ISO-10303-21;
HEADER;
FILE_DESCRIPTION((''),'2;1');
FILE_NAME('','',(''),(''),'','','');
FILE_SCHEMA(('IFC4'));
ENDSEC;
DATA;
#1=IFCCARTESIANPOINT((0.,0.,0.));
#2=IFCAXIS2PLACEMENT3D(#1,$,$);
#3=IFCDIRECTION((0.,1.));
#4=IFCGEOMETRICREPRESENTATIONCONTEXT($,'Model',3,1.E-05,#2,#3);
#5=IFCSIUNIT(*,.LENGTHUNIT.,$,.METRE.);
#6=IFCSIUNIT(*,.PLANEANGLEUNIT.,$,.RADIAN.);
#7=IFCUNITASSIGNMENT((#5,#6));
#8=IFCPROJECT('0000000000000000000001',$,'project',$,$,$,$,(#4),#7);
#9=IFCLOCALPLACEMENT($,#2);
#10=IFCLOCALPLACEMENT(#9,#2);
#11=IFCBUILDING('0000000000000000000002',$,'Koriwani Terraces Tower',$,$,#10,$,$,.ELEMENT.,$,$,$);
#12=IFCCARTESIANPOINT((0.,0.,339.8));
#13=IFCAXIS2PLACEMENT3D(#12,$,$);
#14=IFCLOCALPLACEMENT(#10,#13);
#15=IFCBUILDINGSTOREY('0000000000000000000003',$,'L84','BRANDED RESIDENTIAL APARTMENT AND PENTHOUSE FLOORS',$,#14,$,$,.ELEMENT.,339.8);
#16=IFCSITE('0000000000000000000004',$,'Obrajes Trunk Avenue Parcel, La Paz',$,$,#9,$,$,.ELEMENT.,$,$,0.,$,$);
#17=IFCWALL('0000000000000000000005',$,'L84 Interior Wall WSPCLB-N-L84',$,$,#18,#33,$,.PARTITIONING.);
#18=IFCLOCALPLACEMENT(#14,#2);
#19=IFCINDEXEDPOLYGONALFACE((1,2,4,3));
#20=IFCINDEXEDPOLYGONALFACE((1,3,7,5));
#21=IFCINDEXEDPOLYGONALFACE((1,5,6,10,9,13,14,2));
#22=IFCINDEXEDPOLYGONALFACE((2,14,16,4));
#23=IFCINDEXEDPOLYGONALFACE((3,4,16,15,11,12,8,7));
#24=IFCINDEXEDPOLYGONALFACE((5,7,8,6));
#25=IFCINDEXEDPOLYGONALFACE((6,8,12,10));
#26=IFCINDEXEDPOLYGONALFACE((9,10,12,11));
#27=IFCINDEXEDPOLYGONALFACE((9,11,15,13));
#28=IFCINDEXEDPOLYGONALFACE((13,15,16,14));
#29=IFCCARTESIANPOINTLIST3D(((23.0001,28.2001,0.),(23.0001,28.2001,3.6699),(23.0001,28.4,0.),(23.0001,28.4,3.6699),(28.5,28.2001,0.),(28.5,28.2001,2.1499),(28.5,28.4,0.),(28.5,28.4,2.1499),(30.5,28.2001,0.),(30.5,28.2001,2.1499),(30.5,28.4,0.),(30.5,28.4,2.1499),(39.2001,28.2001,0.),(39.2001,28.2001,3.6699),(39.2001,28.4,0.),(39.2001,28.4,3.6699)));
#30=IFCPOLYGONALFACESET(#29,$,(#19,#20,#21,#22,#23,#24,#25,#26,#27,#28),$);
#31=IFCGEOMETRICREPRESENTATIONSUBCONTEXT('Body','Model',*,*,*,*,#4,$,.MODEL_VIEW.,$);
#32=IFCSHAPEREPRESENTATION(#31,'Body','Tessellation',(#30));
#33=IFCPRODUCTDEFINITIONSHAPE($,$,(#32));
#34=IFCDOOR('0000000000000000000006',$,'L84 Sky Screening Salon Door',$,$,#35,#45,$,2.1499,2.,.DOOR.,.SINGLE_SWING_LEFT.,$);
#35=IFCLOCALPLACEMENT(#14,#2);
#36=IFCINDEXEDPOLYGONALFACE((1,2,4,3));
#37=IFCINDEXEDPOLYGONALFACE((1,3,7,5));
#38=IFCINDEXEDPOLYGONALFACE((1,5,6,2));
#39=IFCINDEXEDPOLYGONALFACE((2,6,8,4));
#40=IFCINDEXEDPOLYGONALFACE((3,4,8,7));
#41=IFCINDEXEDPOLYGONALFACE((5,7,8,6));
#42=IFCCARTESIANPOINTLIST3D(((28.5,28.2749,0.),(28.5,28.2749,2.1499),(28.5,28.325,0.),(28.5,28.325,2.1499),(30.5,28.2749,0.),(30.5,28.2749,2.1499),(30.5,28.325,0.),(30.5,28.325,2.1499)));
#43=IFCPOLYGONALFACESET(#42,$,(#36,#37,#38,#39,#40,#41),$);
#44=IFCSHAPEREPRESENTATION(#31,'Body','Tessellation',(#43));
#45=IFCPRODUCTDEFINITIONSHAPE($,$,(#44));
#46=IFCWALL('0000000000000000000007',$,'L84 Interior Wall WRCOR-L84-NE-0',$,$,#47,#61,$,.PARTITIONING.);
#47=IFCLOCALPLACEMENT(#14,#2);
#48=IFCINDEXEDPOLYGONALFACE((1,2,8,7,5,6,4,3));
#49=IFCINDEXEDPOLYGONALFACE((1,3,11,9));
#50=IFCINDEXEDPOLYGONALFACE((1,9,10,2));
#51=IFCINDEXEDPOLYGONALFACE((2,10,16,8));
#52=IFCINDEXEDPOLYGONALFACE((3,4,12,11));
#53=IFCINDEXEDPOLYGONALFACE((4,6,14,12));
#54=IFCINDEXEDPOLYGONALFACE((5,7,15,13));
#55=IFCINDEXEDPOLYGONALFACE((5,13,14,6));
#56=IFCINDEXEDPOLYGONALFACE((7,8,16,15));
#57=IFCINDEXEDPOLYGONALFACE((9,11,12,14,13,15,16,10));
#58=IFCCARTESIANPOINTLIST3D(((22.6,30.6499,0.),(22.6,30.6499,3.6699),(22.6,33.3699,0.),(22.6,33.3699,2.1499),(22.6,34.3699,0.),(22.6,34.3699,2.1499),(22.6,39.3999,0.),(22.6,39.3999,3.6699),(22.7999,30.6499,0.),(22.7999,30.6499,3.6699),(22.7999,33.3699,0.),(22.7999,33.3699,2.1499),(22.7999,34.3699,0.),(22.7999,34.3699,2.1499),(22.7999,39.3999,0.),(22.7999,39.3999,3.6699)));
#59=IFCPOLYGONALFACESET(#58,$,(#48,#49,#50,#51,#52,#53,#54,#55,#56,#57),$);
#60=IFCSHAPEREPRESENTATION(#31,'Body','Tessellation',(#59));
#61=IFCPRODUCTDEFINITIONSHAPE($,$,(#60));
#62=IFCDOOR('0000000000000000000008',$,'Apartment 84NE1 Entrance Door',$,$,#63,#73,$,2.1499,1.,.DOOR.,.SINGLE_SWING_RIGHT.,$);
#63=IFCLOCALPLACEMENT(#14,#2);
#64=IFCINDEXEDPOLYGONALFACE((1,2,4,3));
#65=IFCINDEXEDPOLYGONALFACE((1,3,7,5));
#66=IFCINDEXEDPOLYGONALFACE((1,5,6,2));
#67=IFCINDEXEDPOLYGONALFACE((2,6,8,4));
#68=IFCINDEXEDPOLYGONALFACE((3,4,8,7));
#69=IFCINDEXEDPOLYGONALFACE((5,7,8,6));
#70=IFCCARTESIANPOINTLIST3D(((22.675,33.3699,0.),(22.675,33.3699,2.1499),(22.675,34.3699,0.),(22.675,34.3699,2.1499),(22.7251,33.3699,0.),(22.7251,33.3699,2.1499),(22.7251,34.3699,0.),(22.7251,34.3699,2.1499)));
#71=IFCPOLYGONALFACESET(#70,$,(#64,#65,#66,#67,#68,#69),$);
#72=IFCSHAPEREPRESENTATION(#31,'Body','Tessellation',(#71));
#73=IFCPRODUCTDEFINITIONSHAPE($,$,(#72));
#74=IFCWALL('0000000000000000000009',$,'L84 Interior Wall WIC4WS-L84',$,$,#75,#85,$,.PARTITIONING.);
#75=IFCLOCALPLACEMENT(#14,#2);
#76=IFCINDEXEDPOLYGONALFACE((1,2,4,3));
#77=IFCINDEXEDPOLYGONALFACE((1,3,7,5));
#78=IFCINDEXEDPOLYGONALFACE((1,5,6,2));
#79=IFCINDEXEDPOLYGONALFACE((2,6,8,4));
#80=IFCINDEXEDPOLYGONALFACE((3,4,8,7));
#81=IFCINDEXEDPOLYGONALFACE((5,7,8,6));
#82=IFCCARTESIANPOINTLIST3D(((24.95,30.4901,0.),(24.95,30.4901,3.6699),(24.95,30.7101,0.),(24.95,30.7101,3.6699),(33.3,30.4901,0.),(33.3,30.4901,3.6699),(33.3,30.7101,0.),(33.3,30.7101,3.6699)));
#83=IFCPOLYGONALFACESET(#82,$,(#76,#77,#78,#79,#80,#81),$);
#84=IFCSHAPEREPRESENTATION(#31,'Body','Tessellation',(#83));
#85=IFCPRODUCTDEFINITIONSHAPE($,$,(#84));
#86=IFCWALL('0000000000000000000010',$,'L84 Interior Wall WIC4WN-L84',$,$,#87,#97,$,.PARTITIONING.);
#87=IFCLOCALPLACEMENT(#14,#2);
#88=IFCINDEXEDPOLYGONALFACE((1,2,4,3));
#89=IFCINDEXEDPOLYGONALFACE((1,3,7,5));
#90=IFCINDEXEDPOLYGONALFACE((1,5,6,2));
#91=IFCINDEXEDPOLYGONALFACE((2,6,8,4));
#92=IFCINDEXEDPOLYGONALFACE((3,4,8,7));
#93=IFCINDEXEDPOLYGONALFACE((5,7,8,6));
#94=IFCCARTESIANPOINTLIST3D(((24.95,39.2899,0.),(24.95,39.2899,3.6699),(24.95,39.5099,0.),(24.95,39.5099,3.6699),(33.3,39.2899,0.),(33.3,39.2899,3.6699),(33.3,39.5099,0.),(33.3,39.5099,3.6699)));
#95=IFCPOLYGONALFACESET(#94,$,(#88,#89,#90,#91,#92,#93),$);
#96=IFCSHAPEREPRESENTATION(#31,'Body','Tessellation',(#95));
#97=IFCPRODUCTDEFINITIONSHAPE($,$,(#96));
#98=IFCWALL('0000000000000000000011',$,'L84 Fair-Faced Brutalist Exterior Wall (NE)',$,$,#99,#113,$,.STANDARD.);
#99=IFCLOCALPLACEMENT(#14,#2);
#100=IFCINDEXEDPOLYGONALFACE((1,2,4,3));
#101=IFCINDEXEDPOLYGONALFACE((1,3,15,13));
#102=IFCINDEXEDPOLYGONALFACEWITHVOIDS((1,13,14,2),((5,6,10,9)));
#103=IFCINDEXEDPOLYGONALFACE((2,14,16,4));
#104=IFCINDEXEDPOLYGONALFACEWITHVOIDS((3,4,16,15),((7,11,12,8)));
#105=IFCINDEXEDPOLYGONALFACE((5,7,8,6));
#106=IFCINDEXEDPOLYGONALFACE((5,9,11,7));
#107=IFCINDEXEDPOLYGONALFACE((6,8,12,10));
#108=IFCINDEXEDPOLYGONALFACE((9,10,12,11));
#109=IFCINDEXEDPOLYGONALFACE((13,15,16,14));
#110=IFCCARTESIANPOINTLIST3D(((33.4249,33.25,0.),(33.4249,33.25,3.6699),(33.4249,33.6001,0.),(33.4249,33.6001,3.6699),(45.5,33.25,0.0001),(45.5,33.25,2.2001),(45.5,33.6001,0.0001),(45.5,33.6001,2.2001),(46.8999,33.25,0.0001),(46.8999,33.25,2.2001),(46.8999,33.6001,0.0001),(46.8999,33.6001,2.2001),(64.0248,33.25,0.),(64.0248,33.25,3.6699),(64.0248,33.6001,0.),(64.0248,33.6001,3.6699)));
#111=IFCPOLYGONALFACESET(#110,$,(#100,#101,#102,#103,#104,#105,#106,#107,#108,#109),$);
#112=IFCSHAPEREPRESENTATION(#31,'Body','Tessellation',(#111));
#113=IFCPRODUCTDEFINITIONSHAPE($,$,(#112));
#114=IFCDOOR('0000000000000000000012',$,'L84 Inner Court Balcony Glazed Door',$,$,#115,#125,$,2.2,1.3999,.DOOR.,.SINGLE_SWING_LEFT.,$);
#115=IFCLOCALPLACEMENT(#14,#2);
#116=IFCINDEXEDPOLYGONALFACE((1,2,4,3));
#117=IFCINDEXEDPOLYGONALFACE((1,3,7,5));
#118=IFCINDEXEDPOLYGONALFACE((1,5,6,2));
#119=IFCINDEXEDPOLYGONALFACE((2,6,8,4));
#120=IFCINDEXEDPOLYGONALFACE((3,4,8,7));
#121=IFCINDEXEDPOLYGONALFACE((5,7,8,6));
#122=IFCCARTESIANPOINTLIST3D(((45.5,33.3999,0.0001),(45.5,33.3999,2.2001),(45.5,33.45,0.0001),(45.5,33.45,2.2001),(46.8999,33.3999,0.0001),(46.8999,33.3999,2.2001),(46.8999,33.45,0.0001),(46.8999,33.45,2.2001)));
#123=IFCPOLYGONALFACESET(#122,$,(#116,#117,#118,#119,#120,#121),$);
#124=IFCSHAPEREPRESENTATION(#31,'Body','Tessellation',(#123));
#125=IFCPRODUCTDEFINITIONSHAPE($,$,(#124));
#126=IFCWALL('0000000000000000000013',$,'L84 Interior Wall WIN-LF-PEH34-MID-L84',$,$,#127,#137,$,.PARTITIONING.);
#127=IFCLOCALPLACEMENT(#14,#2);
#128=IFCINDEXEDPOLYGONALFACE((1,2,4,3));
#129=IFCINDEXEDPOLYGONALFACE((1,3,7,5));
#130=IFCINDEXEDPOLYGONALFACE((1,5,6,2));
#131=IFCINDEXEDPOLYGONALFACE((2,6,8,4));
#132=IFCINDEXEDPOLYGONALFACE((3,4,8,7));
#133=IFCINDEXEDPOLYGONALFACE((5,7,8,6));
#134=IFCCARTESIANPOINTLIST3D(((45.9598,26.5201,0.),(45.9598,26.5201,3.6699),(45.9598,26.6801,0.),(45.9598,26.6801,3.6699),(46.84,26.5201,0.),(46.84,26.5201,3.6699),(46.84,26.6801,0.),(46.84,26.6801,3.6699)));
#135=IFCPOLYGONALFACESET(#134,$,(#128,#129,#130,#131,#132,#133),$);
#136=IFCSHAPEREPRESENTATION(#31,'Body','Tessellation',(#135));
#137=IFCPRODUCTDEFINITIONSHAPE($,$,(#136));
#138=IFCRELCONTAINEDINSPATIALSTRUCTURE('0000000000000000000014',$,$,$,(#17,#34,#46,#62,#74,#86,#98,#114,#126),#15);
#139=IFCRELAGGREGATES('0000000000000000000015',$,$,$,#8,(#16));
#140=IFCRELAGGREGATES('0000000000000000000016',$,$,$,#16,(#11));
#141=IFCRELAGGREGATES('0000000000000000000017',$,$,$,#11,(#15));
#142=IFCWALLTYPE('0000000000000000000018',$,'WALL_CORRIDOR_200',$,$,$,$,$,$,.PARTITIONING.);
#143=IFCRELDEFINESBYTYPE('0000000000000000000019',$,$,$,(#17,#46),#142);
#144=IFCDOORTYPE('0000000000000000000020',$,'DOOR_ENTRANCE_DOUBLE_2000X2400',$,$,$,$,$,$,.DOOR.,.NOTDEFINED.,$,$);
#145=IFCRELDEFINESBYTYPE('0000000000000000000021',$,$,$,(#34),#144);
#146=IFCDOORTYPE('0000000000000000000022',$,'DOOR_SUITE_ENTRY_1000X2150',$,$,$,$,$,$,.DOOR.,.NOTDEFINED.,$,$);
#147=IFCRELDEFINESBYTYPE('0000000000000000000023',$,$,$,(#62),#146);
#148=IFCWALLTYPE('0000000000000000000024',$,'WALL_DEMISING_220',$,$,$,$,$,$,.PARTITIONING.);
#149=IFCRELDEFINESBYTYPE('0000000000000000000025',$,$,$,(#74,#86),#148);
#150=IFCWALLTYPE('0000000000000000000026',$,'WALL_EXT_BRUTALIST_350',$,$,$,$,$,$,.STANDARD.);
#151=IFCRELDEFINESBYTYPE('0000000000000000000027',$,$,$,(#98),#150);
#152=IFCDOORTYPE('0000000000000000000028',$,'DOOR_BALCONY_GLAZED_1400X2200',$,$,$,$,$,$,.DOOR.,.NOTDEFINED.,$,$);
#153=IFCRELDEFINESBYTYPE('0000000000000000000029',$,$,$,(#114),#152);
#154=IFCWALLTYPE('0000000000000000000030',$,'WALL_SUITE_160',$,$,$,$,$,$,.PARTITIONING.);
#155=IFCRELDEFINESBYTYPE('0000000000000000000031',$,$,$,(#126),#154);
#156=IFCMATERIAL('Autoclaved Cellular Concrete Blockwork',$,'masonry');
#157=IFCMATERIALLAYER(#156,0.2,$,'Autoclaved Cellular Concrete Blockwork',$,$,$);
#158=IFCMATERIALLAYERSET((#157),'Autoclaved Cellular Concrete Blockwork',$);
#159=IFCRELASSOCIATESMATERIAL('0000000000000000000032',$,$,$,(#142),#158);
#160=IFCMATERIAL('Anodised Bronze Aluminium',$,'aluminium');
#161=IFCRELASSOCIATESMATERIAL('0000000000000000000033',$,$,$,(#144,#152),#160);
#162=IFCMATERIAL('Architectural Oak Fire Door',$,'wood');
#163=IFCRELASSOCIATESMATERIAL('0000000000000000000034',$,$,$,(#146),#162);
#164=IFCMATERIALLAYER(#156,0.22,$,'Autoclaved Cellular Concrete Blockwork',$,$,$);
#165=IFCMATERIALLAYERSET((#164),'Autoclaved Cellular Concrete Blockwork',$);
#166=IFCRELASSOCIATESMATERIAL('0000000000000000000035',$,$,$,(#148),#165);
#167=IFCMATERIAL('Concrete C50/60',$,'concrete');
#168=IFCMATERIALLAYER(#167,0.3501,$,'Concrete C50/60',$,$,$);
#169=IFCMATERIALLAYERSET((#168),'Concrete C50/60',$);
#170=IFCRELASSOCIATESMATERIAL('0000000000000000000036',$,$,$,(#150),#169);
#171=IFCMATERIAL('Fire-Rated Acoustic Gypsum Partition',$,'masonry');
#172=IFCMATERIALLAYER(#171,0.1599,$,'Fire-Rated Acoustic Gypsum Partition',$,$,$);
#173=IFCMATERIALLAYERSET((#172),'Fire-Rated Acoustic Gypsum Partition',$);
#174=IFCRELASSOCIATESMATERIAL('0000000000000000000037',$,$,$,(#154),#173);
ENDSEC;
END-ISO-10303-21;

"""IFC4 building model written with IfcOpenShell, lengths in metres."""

from ifc_helpers import new_model, si_unit, direction, frame, frame_2d, origin, place, context, subcontext, project, spatial, rectangle, extrude, material, layer, layer_set, type_object, element, fill, save


model = new_model("IFC4")

# Units and contexts
model_context = context("Model", 3, precision=1e-05, world=origin(), true_north=direction((0.0, 1.0)))
body_context = subcontext(model_context, "Body", "Model", "MODEL_VIEW")
ifc_project = project(units=[si_unit("LENGTHUNIT", "METRE"), si_unit("PLANEANGLEUNIT", "RADIAN")], contexts=[model_context])

# Site, building, storey
site_placement = place(None, origin())
site = spatial("IfcSite", under=ifc_project, at=site_placement, Name="Obrajes Trunk Avenue Parcel, La Paz", CompositionType="ELEMENT", RefElevation=0.0)
building_placement = place(site_placement, origin())
building = spatial("IfcBuilding", under=site, at=building_placement, Name="Koriwani Terraces Tower", CompositionType="ELEMENT")
storey_placement = place(building_placement, frame((0.0, 0.0, 339.8)))
storey = spatial("IfcBuildingStorey", under=building, at=storey_placement, Name="L84", Description="BRANDED RESIDENTIAL APARTMENT AND PENTHOUSE FLOORS", CompositionType="ELEMENT", Elevation=339.8)

# Shared definitions
ifc_material_1 = material(Name="Concrete C50/60", Category="concrete")

# Walls, openings, doors
ifc_material_2 = material(Name="Autoclaved Cellular Concrete Blockwork", Category="masonry")
ifc_layer_1 = layer(ifc_material_2, 0.2, Name="Autoclaved Cellular Concrete Blockwork")
ifc_layer_set_1 = layer_set([ifc_layer_1], Name="Autoclaved Cellular Concrete Blockwork")
wall_type_1 = type_object("IfcWallType", Name="WALL_CORRIDOR_200", PredefinedType="PARTITIONING", material=ifc_layer_set_1)
ifc_material_3 = material(Name="Architectural Oak Fire Door", Category="wood")
wall_1_placement = place(storey_placement, frame((23.0, 28.3, 0.0), z_axis=(0.0, 0.0, 1.0), x_axis=(1.0, 0.0, 0.0)))
wall_1 = element("IfcWall", 1, at=wall_1_placement, inside=storey, type_object=wall_type_1, Name="L84 Interior Wall WSPCLB-N-L84", PredefinedType="PARTITIONING", context=body_context, shape_type="SweptSolid", body=[
    extrude(rectangle(XDim=16.2, YDim=0.2, at=frame_2d((8.1001, 0.0))), origin(), (0.0, 0.0, 1.0), 3.6699),
])
opening_1_placement = place(wall_1_placement, frame((5.5, 0.0, 0.0)))
opening_1 = element("IfcOpeningElement", 2, at=opening_1_placement, cuts=wall_1, PredefinedType="OPENING", context=body_context, shape_type="SweptSolid", body=[
    extrude(rectangle(XDim=2.0, YDim=2.1499, at=frame_2d((1.0, 1.075))), frame((0.0, 0.1099, 0.0), z_axis=(0.0, -1.0, 0.0), x_axis=(1.0, 0.0, 0.0)), (0.0, 0.0, 1.0), 0.22),
])
ifc_material_4 = material(Name="Anodised Bronze Aluminium", Category="aluminium")
door_type_1 = type_object("IfcDoorType", Name="DOOR_ENTRANCE_DOUBLE_2000X2400", OperationType="NOTDEFINED", PredefinedType="DOOR", material=ifc_material_4)
door_1_placement = place(opening_1_placement, origin())
door_1 = element("IfcDoor", 3, at=door_1_placement, inside=storey, type_object=door_type_1, Name="L84 Sky Screening Salon Door", OperationType="SINGLE_SWING_LEFT", OverallHeight=2.1499, OverallWidth=2.0, PredefinedType="DOOR", context=body_context, shape_type="SweptSolid", body=[
    extrude(rectangle(XDim=2.0, YDim=2.1499, at=frame_2d((1.0, 1.075))), frame((0.0, 0.0249, 0.0), z_axis=(0.0, -1.0, 0.0), x_axis=(1.0, 0.0, 0.0)), (0.0, 0.0, 1.0), 0.05),
])
fill(opening_1, door_1)
wall_2_placement = place(storey_placement, frame((22.7, 30.6499, 0.0), z_axis=(0.0, 0.0, 1.0), x_axis=(0.0, 1.0, 0.0)))
wall_2 = element("IfcWall", 4, at=wall_2_placement, inside=storey, type_object=wall_type_1, Name="L84 Interior Wall WRCOR-L84-NE-0", PredefinedType="PARTITIONING", context=body_context, shape_type="SweptSolid", body=[
    extrude(rectangle(XDim=8.75, YDim=0.2, at=frame_2d((4.375, 0.0))), origin(), (0.0, 0.0, 1.0), 3.6699),
])
opening_2_placement = place(wall_2_placement, frame((2.72, 0.0, 0.0)))
opening_2 = element("IfcOpeningElement", 5, at=opening_2_placement, cuts=wall_2, PredefinedType="OPENING", context=body_context, shape_type="SweptSolid", body=[
    extrude(rectangle(XDim=1.0, YDim=2.1499, at=frame_2d((0.5, 1.075))), frame((0.0, 0.1099, 0.0), z_axis=(0.0, -1.0, 0.0), x_axis=(1.0, 0.0, 0.0)), (0.0, 0.0, 1.0), 0.22),
])
door_type_2 = type_object("IfcDoorType", Name="DOOR_SUITE_ENTRY_1000X2150", OperationType="NOTDEFINED", PredefinedType="DOOR", material=ifc_material_3)
door_2_placement = place(opening_2_placement, origin())
door_2 = element("IfcDoor", 6, at=door_2_placement, inside=storey, type_object=door_type_2, Name="Apartment 84NE1 Entrance Door", OperationType="SINGLE_SWING_RIGHT", OverallHeight=2.1499, OverallWidth=1.0, PredefinedType="DOOR", context=body_context, shape_type="SweptSolid", body=[
    extrude(rectangle(XDim=1.0, YDim=2.1499, at=frame_2d((0.5, 1.075))), frame((0.0, 0.0249, 0.0), z_axis=(0.0, -1.0, 0.0), x_axis=(1.0, 0.0, 0.0)), (0.0, 0.0, 1.0), 0.05),
])
fill(opening_2, door_2)

# Walls
ifc_layer_2 = layer(ifc_material_2, 0.22, Name="Autoclaved Cellular Concrete Blockwork")
ifc_layer_set_2 = layer_set([ifc_layer_2], Name="Autoclaved Cellular Concrete Blockwork")
wall_type_2 = type_object("IfcWallType", Name="WALL_DEMISING_220", PredefinedType="PARTITIONING", material=ifc_layer_set_2)
for number, where, z_axis, x_axis, name in (
    (7, (24.95, 30.6001, 0.0), (0.0, 0.0, 1.0), (1.0, 0.0, 0.0), "L84 Interior Wall WIC4WS-L84"),
    (8, (24.95, 39.3999, 0.0), (0.0, 0.0, 1.0), (1.0, 0.0, 0.0), "L84 Interior Wall WIC4WN-L84"),
):
    element("IfcWall", number, at=place(storey_placement, frame(where, z_axis=z_axis, x_axis=x_axis)), inside=storey, type_object=wall_type_2, Name=name, PredefinedType="PARTITIONING", context=body_context, shape_type="SweptSolid", body=[
        extrude(rectangle(XDim=8.3501, YDim=0.22, at=frame_2d((4.175, 0.0))), origin(), (0.0, 0.0, 1.0), 3.6699),
    ])

# Wall, opening, door
ifc_layer_3 = layer(ifc_material_1, 0.3501, Name="Concrete C50/60")
ifc_layer_set_3 = layer_set([ifc_layer_3], Name="Concrete C50/60")
wall_type_3 = type_object("IfcWallType", Name="WALL_EXT_BRUTALIST_350", PredefinedType="STANDARD", material=ifc_layer_set_3)
wall_3_placement = place(storey_placement, frame((33.425, 33.425, 0.0), z_axis=(0.0, 0.0, 1.0), x_axis=(1.0, 0.0, 0.0)))
wall_3 = element("IfcWall", 9, at=wall_3_placement, inside=storey, type_object=wall_type_3, Name="L84 Fair-Faced Brutalist Exterior Wall (NE)", PredefinedType="STANDARD", context=body_context, shape_type="SweptSolid", body=[
    extrude(rectangle(XDim=30.5999, YDim=0.3501, at=frame_2d((15.2998, 0.0))), origin(), (0.0, 0.0, 1.0), 3.6699),
])
opening_3_placement = place(wall_3_placement, frame((12.075, 0.0, 0.0)))
opening_3 = element("IfcOpeningElement", 10, at=opening_3_placement, cuts=wall_3, PredefinedType="OPENING", context=body_context, shape_type="SweptSolid", body=[
    extrude(rectangle(XDim=1.3999, YDim=2.2, at=frame_2d((0.7, 1.1001))), frame((0.0, 0.1851, 0.0), z_axis=(0.0, -1.0, 0.0), x_axis=(1.0, 0.0, 0.0)), (0.0, 0.0, 1.0), 0.3701),
])
door_type_3 = type_object("IfcDoorType", Name="DOOR_BALCONY_GLAZED_1400X2200", OperationType="NOTDEFINED", PredefinedType="DOOR", material=ifc_material_4)
door_3_placement = place(opening_3_placement, origin())
door_3 = element("IfcDoor", 11, at=door_3_placement, inside=storey, type_object=door_type_3, Name="L84 Inner Court Balcony Glazed Door", OperationType="SINGLE_SWING_LEFT", OverallHeight=2.2, OverallWidth=1.3999, PredefinedType="DOOR", context=body_context, shape_type="SweptSolid", body=[
    extrude(rectangle(XDim=1.3999, YDim=2.2, at=frame_2d((0.7, 1.1001))), frame((0.0, 0.0249, 0.0), z_axis=(0.0, -1.0, 0.0), x_axis=(1.0, 0.0, 0.0)), (0.0, 0.0, 1.0), 0.05),
])
fill(opening_3, door_3)

# Wall
ifc_material_5 = material(Name="Fire-Rated Acoustic Gypsum Partition", Category="masonry")
ifc_layer_4 = layer(ifc_material_5, 0.1599, Name="Fire-Rated Acoustic Gypsum Partition")
ifc_layer_set_4 = layer_set([ifc_layer_4], Name="Fire-Rated Acoustic Gypsum Partition")
wall_type_4 = type_object("IfcWallType", Name="WALL_SUITE_160", PredefinedType="PARTITIONING", material=ifc_layer_set_4)
wall_4_placement = place(storey_placement, frame((45.96, 26.6001, 0.0), z_axis=(0.0, 0.0, 1.0), x_axis=(1.0, 0.0, 0.0)))
element("IfcWall", 12, at=wall_4_placement, inside=storey, type_object=wall_type_4, Name="L84 Interior Wall WIN-LF-PEH34-MID-L84", PredefinedType="PARTITIONING", context=body_context, shape_type="SweptSolid", body=[
    extrude(rectangle(XDim=0.8801, YDim=0.1599, at=frame_2d((0.4399, 0.0))), origin(), (0.0, 0.0, 1.0), 3.6699),
])

save(model, "model.ifc")
